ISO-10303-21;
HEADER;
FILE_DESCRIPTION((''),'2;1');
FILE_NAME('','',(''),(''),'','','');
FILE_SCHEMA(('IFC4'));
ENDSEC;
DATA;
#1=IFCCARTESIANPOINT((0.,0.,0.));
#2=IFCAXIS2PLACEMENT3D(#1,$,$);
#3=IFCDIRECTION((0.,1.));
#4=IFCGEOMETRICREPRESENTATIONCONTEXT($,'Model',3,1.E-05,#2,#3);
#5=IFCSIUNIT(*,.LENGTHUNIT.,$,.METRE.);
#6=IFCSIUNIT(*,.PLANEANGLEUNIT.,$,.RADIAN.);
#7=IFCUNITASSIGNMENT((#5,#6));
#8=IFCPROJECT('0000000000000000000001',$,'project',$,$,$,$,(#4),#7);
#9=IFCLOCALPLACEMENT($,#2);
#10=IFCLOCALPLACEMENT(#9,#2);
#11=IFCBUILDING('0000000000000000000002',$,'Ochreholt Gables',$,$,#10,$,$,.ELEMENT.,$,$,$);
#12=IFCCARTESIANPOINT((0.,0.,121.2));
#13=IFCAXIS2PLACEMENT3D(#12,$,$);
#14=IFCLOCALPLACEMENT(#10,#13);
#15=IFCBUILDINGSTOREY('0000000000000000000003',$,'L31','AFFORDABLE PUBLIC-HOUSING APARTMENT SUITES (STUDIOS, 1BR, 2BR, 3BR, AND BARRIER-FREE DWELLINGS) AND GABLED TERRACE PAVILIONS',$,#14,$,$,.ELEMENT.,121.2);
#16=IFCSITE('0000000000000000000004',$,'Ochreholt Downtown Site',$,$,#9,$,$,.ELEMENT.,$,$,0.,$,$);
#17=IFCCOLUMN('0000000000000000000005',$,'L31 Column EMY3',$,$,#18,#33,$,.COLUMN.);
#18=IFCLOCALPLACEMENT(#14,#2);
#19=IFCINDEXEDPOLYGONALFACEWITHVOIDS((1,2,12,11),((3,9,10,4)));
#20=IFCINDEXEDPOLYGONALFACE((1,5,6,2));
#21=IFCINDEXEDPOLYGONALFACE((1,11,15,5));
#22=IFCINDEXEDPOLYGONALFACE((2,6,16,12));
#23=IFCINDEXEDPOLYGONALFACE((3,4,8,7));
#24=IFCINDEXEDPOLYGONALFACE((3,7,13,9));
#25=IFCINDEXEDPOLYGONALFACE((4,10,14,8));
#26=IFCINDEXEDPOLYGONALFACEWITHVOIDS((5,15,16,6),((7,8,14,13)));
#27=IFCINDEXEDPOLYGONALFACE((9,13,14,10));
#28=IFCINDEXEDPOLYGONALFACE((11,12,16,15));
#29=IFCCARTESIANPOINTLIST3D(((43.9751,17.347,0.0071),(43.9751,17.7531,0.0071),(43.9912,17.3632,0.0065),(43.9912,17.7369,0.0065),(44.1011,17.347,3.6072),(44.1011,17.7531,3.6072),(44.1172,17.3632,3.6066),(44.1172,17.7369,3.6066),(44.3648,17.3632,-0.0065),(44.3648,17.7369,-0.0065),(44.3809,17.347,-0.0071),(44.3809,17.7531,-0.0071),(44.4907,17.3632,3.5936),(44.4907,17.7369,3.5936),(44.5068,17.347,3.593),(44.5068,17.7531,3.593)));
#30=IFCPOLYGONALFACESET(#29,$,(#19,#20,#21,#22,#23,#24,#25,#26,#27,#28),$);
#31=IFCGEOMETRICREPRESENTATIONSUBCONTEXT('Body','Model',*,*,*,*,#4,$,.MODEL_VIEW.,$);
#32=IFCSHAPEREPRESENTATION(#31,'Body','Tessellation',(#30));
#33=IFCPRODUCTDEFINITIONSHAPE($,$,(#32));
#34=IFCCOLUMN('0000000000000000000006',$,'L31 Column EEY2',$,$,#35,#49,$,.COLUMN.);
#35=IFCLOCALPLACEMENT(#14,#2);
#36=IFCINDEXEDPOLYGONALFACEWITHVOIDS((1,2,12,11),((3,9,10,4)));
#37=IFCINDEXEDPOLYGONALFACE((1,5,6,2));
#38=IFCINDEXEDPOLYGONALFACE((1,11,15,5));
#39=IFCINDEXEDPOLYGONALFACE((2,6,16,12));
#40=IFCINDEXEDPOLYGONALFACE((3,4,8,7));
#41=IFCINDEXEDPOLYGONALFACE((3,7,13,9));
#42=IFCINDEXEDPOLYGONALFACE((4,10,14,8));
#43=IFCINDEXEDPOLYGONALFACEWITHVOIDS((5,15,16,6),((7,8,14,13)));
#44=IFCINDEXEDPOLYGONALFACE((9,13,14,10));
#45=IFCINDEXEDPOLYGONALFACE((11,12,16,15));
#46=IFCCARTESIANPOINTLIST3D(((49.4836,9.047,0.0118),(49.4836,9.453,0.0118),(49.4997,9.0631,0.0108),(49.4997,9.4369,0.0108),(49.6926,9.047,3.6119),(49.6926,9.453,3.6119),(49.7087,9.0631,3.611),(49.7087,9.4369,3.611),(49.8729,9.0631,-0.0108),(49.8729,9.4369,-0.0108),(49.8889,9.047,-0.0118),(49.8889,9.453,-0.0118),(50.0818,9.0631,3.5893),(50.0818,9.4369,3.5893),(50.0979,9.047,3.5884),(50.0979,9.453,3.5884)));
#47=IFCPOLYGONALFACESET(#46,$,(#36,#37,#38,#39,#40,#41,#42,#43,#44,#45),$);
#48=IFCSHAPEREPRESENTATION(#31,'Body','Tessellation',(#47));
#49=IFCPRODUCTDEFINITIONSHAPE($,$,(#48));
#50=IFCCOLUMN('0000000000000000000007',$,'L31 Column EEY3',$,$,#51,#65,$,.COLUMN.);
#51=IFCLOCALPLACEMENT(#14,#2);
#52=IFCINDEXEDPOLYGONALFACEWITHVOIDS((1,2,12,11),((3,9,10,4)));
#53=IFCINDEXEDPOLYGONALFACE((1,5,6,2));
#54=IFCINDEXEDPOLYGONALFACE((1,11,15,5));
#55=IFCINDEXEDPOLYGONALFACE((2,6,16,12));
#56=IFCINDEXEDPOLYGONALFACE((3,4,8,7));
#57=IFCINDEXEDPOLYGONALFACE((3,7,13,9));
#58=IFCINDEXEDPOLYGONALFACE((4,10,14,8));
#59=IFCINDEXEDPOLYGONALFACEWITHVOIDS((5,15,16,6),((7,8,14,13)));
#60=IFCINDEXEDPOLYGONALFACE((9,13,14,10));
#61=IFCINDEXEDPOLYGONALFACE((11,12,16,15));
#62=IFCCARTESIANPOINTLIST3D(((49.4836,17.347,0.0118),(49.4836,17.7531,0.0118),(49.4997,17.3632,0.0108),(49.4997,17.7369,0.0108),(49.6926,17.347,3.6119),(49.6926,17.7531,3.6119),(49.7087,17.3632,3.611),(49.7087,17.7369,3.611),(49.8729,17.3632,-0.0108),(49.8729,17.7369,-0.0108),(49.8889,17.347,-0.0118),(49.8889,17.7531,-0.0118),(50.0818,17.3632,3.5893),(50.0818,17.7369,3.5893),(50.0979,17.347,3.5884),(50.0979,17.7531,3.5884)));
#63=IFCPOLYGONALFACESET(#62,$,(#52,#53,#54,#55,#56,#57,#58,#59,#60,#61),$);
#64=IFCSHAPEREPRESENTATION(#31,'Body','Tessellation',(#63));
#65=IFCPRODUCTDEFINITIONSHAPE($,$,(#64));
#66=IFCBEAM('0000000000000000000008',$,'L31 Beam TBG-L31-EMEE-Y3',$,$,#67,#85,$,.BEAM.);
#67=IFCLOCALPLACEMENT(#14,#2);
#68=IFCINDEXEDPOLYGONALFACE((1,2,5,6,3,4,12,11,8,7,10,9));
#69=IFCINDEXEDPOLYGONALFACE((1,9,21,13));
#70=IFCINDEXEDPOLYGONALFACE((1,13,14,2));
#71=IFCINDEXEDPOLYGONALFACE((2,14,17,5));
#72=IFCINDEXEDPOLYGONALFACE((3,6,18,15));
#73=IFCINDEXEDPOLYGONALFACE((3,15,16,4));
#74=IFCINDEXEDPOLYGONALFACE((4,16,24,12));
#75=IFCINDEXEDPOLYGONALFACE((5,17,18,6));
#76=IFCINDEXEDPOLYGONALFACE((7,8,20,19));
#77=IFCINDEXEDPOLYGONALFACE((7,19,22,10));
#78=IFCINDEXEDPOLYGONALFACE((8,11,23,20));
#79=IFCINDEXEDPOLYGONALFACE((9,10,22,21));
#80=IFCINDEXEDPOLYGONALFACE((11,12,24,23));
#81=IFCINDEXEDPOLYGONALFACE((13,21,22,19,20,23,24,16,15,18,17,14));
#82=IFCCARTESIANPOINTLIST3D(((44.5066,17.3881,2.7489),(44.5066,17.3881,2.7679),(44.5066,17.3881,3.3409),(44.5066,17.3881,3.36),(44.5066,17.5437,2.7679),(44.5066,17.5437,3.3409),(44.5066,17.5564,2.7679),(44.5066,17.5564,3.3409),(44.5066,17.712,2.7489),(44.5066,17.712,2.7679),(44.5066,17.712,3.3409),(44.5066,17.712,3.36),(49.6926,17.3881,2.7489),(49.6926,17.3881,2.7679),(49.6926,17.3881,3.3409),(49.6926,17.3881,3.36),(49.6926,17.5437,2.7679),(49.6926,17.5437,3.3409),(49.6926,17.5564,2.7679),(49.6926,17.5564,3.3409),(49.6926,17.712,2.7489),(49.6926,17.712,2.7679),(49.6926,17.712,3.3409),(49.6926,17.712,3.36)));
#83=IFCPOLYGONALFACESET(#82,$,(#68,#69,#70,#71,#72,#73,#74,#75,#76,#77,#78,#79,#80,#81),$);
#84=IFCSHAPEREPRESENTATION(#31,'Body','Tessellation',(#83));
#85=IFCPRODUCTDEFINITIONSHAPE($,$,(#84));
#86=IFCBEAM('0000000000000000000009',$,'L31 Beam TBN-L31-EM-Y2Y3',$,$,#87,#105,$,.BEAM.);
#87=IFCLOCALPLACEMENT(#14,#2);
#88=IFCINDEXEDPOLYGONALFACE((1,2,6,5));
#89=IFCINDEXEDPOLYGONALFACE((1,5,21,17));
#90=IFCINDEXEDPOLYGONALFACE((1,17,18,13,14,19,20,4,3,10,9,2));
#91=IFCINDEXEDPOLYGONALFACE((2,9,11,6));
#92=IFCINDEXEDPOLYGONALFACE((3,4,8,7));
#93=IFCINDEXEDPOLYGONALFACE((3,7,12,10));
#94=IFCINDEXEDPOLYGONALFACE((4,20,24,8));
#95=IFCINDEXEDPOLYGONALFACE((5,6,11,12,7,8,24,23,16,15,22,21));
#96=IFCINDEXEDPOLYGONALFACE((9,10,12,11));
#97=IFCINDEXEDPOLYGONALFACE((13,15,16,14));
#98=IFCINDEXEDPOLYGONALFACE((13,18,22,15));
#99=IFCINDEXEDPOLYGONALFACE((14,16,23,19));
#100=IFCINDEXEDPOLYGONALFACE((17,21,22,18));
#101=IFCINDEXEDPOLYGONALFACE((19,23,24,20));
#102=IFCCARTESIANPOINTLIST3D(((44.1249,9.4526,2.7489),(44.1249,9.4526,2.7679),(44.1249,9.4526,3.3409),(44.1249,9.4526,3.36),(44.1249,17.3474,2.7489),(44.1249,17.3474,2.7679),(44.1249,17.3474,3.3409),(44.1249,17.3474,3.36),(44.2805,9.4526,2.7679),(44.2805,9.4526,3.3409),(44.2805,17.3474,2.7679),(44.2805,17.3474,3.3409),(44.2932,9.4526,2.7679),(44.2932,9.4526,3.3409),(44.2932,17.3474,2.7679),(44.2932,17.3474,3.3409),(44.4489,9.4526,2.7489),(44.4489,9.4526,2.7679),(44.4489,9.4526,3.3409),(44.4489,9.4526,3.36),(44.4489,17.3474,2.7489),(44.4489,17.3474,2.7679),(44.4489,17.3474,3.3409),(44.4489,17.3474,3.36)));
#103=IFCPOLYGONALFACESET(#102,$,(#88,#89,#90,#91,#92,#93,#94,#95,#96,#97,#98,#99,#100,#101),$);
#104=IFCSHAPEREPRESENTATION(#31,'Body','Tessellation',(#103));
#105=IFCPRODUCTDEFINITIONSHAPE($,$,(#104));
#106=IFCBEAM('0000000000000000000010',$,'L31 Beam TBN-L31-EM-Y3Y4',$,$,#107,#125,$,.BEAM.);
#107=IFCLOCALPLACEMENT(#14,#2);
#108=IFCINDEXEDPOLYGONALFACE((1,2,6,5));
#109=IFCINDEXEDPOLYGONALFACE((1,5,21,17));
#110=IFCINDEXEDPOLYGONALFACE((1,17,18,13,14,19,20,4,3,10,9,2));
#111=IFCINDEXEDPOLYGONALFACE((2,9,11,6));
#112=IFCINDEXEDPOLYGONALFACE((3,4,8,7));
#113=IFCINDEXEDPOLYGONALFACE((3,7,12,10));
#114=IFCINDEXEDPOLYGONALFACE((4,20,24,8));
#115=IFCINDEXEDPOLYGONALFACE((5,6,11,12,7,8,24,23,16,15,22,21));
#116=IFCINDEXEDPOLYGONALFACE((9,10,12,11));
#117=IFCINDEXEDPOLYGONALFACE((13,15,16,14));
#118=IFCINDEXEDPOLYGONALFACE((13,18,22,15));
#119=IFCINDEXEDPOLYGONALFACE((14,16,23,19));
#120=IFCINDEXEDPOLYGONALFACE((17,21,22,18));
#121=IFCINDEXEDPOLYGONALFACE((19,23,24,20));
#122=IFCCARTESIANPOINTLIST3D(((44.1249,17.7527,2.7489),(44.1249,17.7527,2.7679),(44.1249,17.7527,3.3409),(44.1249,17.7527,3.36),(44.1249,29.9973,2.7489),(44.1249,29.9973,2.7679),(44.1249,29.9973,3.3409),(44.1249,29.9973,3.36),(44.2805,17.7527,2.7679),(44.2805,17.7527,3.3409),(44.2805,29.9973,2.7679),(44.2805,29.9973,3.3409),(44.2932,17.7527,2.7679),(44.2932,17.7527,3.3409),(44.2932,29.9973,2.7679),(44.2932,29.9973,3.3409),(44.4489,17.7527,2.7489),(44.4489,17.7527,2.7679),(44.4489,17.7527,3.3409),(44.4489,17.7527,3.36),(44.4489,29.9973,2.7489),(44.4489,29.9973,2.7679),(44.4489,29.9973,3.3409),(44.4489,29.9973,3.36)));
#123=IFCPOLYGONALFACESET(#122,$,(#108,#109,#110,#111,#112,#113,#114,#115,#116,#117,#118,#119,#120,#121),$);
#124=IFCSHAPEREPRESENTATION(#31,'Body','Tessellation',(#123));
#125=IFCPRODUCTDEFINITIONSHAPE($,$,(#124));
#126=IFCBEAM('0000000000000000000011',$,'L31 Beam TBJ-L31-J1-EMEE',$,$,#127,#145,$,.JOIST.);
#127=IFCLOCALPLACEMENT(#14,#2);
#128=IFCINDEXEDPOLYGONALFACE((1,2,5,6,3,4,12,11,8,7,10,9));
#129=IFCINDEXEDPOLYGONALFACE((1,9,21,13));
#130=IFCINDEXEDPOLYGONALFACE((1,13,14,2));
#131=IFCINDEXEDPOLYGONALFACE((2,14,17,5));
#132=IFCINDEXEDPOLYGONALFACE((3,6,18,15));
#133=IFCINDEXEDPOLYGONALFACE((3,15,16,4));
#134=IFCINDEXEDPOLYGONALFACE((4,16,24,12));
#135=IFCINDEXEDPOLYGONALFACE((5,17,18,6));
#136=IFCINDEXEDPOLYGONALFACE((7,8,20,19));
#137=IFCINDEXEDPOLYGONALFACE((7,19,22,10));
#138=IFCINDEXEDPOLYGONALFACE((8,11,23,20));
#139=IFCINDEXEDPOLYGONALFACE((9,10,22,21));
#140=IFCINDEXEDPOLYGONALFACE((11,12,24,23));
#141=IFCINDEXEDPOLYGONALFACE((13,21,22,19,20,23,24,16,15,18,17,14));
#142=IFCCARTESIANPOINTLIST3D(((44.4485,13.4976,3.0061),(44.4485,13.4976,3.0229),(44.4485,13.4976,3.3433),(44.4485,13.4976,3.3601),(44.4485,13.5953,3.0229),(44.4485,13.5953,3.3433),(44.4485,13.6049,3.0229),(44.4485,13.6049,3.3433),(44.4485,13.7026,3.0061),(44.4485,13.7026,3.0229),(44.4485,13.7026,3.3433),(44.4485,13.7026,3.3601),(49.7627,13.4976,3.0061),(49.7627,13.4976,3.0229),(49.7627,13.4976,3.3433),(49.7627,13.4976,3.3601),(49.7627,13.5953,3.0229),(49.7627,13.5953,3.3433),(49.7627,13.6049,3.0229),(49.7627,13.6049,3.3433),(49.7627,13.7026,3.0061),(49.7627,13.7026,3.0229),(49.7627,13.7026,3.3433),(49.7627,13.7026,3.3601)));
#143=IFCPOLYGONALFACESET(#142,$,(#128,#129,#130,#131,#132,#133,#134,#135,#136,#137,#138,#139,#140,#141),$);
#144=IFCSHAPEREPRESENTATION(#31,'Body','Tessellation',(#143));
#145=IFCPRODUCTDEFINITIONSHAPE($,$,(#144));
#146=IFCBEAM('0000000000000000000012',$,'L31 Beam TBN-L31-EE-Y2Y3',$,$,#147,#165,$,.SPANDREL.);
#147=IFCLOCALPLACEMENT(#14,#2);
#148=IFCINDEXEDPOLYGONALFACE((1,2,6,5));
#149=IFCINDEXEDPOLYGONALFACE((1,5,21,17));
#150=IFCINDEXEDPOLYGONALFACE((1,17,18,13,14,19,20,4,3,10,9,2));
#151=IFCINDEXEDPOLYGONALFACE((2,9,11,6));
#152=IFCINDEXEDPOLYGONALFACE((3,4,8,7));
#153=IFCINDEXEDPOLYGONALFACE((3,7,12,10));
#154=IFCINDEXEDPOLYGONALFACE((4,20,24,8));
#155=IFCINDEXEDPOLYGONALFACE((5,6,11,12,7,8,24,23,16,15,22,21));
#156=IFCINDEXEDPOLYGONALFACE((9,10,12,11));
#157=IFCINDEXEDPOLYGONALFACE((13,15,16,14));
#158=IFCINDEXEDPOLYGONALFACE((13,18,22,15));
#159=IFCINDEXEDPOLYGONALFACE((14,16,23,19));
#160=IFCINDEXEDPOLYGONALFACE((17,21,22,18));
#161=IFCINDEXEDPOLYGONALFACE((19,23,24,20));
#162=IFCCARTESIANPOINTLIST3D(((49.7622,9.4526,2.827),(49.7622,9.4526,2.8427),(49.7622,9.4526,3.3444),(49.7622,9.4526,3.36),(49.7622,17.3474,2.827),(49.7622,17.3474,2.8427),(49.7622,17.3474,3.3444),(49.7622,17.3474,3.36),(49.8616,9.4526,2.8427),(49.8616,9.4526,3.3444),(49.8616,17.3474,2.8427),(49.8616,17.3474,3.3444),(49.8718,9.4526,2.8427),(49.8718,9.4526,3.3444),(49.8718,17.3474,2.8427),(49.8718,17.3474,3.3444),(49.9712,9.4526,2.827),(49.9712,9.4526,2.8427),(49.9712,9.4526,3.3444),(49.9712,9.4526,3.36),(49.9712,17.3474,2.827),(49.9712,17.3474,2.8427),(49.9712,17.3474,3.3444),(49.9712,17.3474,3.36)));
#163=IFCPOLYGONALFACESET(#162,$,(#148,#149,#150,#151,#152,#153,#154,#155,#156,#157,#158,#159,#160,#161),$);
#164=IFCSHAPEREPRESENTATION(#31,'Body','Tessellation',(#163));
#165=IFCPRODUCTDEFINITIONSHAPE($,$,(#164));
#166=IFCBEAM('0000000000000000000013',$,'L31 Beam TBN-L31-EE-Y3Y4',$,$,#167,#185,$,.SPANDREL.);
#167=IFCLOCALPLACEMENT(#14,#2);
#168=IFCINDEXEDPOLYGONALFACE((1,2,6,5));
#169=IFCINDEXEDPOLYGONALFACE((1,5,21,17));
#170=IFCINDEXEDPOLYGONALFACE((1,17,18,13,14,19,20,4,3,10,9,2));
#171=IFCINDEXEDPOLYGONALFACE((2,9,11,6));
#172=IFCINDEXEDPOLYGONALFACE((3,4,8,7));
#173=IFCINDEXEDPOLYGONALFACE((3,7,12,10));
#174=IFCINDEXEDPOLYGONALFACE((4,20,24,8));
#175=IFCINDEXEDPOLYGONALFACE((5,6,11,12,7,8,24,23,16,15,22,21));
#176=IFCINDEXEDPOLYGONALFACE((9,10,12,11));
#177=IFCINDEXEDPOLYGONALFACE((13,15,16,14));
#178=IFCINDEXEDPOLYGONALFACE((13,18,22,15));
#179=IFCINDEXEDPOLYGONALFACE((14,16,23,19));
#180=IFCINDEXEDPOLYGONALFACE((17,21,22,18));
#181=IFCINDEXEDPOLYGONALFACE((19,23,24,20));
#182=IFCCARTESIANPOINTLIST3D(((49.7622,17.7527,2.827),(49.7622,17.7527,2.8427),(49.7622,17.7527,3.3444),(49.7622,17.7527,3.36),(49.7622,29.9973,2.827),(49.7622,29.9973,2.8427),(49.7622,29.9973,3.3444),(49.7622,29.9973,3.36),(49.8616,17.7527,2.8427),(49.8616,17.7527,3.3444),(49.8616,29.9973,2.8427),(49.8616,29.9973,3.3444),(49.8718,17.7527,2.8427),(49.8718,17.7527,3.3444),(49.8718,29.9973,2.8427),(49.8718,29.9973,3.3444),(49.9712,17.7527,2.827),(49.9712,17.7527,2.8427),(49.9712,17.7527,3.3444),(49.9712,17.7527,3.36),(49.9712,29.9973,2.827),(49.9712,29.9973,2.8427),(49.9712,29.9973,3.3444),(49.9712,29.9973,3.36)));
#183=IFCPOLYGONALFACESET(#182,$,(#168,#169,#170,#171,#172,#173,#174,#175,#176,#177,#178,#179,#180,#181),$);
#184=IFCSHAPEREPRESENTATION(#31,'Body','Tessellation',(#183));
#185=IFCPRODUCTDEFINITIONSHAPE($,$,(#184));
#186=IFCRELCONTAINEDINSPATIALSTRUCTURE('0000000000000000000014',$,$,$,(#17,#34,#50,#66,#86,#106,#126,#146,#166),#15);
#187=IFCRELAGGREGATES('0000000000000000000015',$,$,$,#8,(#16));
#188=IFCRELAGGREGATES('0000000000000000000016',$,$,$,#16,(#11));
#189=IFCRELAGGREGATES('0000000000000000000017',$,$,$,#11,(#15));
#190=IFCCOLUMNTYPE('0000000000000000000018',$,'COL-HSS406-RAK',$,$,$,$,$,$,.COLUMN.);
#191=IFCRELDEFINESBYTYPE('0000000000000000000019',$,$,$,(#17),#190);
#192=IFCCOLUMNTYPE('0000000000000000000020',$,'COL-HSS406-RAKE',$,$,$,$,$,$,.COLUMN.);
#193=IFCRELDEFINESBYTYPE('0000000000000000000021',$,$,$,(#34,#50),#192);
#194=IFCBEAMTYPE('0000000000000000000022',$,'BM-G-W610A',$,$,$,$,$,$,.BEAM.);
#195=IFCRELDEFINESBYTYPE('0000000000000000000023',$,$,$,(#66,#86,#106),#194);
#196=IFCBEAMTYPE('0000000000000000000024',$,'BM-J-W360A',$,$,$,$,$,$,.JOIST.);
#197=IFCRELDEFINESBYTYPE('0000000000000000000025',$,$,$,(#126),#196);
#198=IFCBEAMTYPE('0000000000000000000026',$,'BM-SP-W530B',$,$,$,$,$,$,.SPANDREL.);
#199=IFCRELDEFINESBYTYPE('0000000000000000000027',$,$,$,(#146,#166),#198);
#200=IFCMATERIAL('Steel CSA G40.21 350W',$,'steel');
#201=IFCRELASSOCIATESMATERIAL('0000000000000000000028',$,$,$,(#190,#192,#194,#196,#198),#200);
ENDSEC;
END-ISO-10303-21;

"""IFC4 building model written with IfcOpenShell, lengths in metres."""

from ifc_helpers import new_model, si_unit, direction, frame, origin, origin_2d, place, context, subcontext, project, spatial, hollow_rectangle, i_section, extrude, material, material_profile, profile_set, type_object, element, save


model = new_model("IFC4")

# Units and contexts
model_context = context("Model", 3, precision=1e-05, world=origin(), true_north=direction((0.0, 1.0)))
body_context = subcontext(model_context, "Body", "Model", "MODEL_VIEW")
ifc_project = project(units=[si_unit("LENGTHUNIT", "METRE"), si_unit("PLANEANGLEUNIT", "RADIAN")], contexts=[model_context])

# Site, building, storey
site_placement = place(None, origin())
site = spatial("IfcSite", under=ifc_project, at=site_placement, Name="Ochreholt Downtown Site", CompositionType="ELEMENT", RefElevation=0.0)
building_placement = place(site_placement, origin())
building = spatial("IfcBuilding", under=site, at=building_placement, Name="Ochreholt Gables", CompositionType="ELEMENT")
storey_placement = place(building_placement, frame((0.0, 0.0, 121.2)))
storey = spatial("IfcBuildingStorey", under=building, at=storey_placement, Name="L31", Description="AFFORDABLE PUBLIC-HOUSING APARTMENT SUITES (STUDIOS, 1BR, 2BR, 3BR, AND BARRIER-FREE DWELLINGS) AND GABLED TERRACE PAVILIONS", CompositionType="ELEMENT", Elevation=121.2)

# Columns
ifc_material_1 = material(Name="Steel CSA G40.21 350W", Category="steel")
ifc_material_profile_1 = material_profile(ifc_material_1, hollow_rectangle(XDim=0.406, YDim=0.406, WallThickness=0.0161, at=origin_2d()), Name="HSS406X406X16")
ifc_profile_set_1 = profile_set([ifc_material_profile_1], Name="Steel CSA G40.21 350W")
column_type_1 = type_object("IfcColumnType", Name="COL-HSS406-RAK", PredefinedType="COLUMN", material=ifc_profile_set_1)
column_placement = place(storey_placement, frame((44.178, 17.55, 0.0), z_axis=(0.034971, 0.0, 0.999388), x_axis=(0.0, 1.0, 0.0)))
element("IfcColumn", 1, at=column_placement, inside=storey, type_object=column_type_1, Name="L31 Column EMY3", PredefinedType="COLUMN", context=body_context, shape_type="SweptSolid", body=[
    extrude(hollow_rectangle(XDim=0.406, YDim=0.406, WallThickness=0.0161, at=origin_2d()), origin(), (0.0, 0.0, 1.0), 3.6023),
])
ifc_material_profile_2 = material_profile(ifc_material_1, hollow_rectangle(XDim=0.406, YDim=0.406, WallThickness=0.0161, at=origin_2d()), Name="HSS406X406X16")
ifc_profile_set_2 = profile_set([ifc_material_profile_2], Name="Steel CSA G40.21 350W")
column_type_2 = type_object("IfcColumnType", Name="COL-HSS406-RAKE", PredefinedType="COLUMN", material=ifc_profile_set_2)
for number, where, z_axis, x_axis, name in (
    (2, (49.6863, 9.25, 0.0), (0.057952, 0.0, 0.998319), (0.0, 1.0, 0.0), "L31 Column EEY2"),
    (3, (49.6863, 17.55, 0.0), (0.057952, 0.0, 0.998319), (0.0, 1.0, 0.0), "L31 Column EEY3"),
):
    element("IfcColumn", number, at=place(storey_placement, frame(where, z_axis=z_axis, x_axis=x_axis)), inside=storey, type_object=column_type_2, Name=name, PredefinedType="COLUMN", context=body_context, shape_type="SweptSolid", body=[
        extrude(hollow_rectangle(XDim=0.406, YDim=0.406, WallThickness=0.0161, at=origin_2d()), origin(), (0.0, 0.0, 1.0), 3.6062),
    ])

# Beams
ifc_material_profile_3 = material_profile(ifc_material_1, i_section(OverallWidth=0.324, OverallDepth=0.6111, WebThickness=0.0127, FlangeThickness=0.019, at=origin_2d()), Name="W610X155")
ifc_profile_set_3 = profile_set([ifc_material_profile_3], Name="Steel CSA G40.21 350W")
beam_type_1 = type_object("IfcBeamType", Name="BM-G-W610A", PredefinedType="BEAM", material=ifc_profile_set_3)
beam_1_placement = place(storey_placement, frame((44.5066, 17.55, 3.0544), z_axis=(1.0, 0.0, 0.0), x_axis=(0.0, 1.0, 0.0)))
element("IfcBeam", 4, at=beam_1_placement, inside=storey, type_object=beam_type_1, Name="L31 Beam TBG-L31-EMEE-Y3", PredefinedType="BEAM", context=body_context, shape_type="SweptSolid", body=[
    extrude(i_section(OverallWidth=0.324, OverallDepth=0.6111, WebThickness=0.0127, FlangeThickness=0.019, at=origin_2d()), origin(), (0.0, 0.0, 1.0), 5.186),
])
beam_2_placement = place(storey_placement, frame((44.2869, 9.4526, 3.0544), z_axis=(0.0, 1.0, 0.0), x_axis=(-1.0, 0.0, 0.0)))
element("IfcBeam", 5, at=beam_2_placement, inside=storey, type_object=beam_type_1, Name="L31 Beam TBN-L31-EM-Y2Y3", PredefinedType="BEAM", context=body_context, shape_type="SweptSolid", body=[
    extrude(i_section(OverallWidth=0.324, OverallDepth=0.6111, WebThickness=0.0127, FlangeThickness=0.019, at=origin_2d()), origin(), (0.0, 0.0, 1.0), 7.8948),
])
beam_3_placement = place(storey_placement, frame((44.2869, 17.7527, 3.0544), z_axis=(0.0, 1.0, 0.0), x_axis=(-1.0, 0.0, 0.0)))
element("IfcBeam", 6, at=beam_3_placement, inside=storey, type_object=beam_type_1, Name="L31 Beam TBN-L31-EM-Y3Y4", PredefinedType="BEAM", context=body_context, shape_type="SweptSolid", body=[
    extrude(i_section(OverallWidth=0.324, OverallDepth=0.6111, WebThickness=0.0127, FlangeThickness=0.019, at=origin_2d()), origin(), (0.0, 0.0, 1.0), 12.2446),
])
ifc_material_profile_4 = material_profile(ifc_material_1, i_section(OverallWidth=0.2051, OverallDepth=0.354, WebThickness=0.0095, FlangeThickness=0.0168, at=origin_2d()), Name="W360X79")
ifc_profile_set_4 = profile_set([ifc_material_profile_4], Name="Steel CSA G40.21 350W")
beam_type_2 = type_object("IfcBeamType", Name="BM-J-W360A", PredefinedType="JOIST", material=ifc_profile_set_4)
beam_4_placement = place(storey_placement, frame((44.4485, 13.6001, 3.1831), z_axis=(1.0, 0.0, 0.0), x_axis=(0.0, 1.0, 0.0)))
element("IfcBeam", 7, at=beam_4_placement, inside=storey, type_object=beam_type_2, Name="L31 Beam TBJ-L31-J1-EMEE", PredefinedType="JOIST", context=body_context, shape_type="SweptSolid", body=[
    extrude(i_section(OverallWidth=0.2051, OverallDepth=0.354, WebThickness=0.0095, FlangeThickness=0.0168, at=origin_2d()), origin(), (0.0, 0.0, 1.0), 5.3142),
])
ifc_material_profile_5 = material_profile(ifc_material_1, i_section(OverallWidth=0.209, OverallDepth=0.533, WebThickness=0.0103, FlangeThickness=0.0156, at=origin_2d()), Name="W530X92")
ifc_profile_set_5 = profile_set([ifc_material_profile_5], Name="Steel CSA G40.21 350W")
beam_type_3 = type_object("IfcBeamType", Name="BM-SP-W530B", PredefinedType="SPANDREL", material=ifc_profile_set_5)
beam_5_placement = place(storey_placement, frame((49.8667, 9.4526, 3.0935), z_axis=(0.0, 1.0, 0.0), x_axis=(-1.0, 0.0, 0.0)))
element("IfcBeam", 8, at=beam_5_placement, inside=storey, type_object=beam_type_3, Name="L31 Beam TBN-L31-EE-Y2Y3", PredefinedType="SPANDREL", context=body_context, shape_type="SweptSolid", body=[
    extrude(i_section(OverallWidth=0.209, OverallDepth=0.533, WebThickness=0.0103, FlangeThickness=0.0156, at=origin_2d()), origin(), (0.0, 0.0, 1.0), 7.8948),
])
beam_6_placement = place(storey_placement, frame((49.8667, 17.7527, 3.0935), z_axis=(0.0, 1.0, 0.0), x_axis=(-1.0, 0.0, 0.0)))
element("IfcBeam", 9, at=beam_6_placement, inside=storey, type_object=beam_type_3, Name="L31 Beam TBN-L31-EE-Y3Y4", PredefinedType="SPANDREL", context=body_context, shape_type="SweptSolid", body=[
    extrude(i_section(OverallWidth=0.209, OverallDepth=0.533, WebThickness=0.0103, FlangeThickness=0.0156, at=origin_2d()), origin(), (0.0, 0.0, 1.0), 12.2446),
])

save(model, "model.ifc")
